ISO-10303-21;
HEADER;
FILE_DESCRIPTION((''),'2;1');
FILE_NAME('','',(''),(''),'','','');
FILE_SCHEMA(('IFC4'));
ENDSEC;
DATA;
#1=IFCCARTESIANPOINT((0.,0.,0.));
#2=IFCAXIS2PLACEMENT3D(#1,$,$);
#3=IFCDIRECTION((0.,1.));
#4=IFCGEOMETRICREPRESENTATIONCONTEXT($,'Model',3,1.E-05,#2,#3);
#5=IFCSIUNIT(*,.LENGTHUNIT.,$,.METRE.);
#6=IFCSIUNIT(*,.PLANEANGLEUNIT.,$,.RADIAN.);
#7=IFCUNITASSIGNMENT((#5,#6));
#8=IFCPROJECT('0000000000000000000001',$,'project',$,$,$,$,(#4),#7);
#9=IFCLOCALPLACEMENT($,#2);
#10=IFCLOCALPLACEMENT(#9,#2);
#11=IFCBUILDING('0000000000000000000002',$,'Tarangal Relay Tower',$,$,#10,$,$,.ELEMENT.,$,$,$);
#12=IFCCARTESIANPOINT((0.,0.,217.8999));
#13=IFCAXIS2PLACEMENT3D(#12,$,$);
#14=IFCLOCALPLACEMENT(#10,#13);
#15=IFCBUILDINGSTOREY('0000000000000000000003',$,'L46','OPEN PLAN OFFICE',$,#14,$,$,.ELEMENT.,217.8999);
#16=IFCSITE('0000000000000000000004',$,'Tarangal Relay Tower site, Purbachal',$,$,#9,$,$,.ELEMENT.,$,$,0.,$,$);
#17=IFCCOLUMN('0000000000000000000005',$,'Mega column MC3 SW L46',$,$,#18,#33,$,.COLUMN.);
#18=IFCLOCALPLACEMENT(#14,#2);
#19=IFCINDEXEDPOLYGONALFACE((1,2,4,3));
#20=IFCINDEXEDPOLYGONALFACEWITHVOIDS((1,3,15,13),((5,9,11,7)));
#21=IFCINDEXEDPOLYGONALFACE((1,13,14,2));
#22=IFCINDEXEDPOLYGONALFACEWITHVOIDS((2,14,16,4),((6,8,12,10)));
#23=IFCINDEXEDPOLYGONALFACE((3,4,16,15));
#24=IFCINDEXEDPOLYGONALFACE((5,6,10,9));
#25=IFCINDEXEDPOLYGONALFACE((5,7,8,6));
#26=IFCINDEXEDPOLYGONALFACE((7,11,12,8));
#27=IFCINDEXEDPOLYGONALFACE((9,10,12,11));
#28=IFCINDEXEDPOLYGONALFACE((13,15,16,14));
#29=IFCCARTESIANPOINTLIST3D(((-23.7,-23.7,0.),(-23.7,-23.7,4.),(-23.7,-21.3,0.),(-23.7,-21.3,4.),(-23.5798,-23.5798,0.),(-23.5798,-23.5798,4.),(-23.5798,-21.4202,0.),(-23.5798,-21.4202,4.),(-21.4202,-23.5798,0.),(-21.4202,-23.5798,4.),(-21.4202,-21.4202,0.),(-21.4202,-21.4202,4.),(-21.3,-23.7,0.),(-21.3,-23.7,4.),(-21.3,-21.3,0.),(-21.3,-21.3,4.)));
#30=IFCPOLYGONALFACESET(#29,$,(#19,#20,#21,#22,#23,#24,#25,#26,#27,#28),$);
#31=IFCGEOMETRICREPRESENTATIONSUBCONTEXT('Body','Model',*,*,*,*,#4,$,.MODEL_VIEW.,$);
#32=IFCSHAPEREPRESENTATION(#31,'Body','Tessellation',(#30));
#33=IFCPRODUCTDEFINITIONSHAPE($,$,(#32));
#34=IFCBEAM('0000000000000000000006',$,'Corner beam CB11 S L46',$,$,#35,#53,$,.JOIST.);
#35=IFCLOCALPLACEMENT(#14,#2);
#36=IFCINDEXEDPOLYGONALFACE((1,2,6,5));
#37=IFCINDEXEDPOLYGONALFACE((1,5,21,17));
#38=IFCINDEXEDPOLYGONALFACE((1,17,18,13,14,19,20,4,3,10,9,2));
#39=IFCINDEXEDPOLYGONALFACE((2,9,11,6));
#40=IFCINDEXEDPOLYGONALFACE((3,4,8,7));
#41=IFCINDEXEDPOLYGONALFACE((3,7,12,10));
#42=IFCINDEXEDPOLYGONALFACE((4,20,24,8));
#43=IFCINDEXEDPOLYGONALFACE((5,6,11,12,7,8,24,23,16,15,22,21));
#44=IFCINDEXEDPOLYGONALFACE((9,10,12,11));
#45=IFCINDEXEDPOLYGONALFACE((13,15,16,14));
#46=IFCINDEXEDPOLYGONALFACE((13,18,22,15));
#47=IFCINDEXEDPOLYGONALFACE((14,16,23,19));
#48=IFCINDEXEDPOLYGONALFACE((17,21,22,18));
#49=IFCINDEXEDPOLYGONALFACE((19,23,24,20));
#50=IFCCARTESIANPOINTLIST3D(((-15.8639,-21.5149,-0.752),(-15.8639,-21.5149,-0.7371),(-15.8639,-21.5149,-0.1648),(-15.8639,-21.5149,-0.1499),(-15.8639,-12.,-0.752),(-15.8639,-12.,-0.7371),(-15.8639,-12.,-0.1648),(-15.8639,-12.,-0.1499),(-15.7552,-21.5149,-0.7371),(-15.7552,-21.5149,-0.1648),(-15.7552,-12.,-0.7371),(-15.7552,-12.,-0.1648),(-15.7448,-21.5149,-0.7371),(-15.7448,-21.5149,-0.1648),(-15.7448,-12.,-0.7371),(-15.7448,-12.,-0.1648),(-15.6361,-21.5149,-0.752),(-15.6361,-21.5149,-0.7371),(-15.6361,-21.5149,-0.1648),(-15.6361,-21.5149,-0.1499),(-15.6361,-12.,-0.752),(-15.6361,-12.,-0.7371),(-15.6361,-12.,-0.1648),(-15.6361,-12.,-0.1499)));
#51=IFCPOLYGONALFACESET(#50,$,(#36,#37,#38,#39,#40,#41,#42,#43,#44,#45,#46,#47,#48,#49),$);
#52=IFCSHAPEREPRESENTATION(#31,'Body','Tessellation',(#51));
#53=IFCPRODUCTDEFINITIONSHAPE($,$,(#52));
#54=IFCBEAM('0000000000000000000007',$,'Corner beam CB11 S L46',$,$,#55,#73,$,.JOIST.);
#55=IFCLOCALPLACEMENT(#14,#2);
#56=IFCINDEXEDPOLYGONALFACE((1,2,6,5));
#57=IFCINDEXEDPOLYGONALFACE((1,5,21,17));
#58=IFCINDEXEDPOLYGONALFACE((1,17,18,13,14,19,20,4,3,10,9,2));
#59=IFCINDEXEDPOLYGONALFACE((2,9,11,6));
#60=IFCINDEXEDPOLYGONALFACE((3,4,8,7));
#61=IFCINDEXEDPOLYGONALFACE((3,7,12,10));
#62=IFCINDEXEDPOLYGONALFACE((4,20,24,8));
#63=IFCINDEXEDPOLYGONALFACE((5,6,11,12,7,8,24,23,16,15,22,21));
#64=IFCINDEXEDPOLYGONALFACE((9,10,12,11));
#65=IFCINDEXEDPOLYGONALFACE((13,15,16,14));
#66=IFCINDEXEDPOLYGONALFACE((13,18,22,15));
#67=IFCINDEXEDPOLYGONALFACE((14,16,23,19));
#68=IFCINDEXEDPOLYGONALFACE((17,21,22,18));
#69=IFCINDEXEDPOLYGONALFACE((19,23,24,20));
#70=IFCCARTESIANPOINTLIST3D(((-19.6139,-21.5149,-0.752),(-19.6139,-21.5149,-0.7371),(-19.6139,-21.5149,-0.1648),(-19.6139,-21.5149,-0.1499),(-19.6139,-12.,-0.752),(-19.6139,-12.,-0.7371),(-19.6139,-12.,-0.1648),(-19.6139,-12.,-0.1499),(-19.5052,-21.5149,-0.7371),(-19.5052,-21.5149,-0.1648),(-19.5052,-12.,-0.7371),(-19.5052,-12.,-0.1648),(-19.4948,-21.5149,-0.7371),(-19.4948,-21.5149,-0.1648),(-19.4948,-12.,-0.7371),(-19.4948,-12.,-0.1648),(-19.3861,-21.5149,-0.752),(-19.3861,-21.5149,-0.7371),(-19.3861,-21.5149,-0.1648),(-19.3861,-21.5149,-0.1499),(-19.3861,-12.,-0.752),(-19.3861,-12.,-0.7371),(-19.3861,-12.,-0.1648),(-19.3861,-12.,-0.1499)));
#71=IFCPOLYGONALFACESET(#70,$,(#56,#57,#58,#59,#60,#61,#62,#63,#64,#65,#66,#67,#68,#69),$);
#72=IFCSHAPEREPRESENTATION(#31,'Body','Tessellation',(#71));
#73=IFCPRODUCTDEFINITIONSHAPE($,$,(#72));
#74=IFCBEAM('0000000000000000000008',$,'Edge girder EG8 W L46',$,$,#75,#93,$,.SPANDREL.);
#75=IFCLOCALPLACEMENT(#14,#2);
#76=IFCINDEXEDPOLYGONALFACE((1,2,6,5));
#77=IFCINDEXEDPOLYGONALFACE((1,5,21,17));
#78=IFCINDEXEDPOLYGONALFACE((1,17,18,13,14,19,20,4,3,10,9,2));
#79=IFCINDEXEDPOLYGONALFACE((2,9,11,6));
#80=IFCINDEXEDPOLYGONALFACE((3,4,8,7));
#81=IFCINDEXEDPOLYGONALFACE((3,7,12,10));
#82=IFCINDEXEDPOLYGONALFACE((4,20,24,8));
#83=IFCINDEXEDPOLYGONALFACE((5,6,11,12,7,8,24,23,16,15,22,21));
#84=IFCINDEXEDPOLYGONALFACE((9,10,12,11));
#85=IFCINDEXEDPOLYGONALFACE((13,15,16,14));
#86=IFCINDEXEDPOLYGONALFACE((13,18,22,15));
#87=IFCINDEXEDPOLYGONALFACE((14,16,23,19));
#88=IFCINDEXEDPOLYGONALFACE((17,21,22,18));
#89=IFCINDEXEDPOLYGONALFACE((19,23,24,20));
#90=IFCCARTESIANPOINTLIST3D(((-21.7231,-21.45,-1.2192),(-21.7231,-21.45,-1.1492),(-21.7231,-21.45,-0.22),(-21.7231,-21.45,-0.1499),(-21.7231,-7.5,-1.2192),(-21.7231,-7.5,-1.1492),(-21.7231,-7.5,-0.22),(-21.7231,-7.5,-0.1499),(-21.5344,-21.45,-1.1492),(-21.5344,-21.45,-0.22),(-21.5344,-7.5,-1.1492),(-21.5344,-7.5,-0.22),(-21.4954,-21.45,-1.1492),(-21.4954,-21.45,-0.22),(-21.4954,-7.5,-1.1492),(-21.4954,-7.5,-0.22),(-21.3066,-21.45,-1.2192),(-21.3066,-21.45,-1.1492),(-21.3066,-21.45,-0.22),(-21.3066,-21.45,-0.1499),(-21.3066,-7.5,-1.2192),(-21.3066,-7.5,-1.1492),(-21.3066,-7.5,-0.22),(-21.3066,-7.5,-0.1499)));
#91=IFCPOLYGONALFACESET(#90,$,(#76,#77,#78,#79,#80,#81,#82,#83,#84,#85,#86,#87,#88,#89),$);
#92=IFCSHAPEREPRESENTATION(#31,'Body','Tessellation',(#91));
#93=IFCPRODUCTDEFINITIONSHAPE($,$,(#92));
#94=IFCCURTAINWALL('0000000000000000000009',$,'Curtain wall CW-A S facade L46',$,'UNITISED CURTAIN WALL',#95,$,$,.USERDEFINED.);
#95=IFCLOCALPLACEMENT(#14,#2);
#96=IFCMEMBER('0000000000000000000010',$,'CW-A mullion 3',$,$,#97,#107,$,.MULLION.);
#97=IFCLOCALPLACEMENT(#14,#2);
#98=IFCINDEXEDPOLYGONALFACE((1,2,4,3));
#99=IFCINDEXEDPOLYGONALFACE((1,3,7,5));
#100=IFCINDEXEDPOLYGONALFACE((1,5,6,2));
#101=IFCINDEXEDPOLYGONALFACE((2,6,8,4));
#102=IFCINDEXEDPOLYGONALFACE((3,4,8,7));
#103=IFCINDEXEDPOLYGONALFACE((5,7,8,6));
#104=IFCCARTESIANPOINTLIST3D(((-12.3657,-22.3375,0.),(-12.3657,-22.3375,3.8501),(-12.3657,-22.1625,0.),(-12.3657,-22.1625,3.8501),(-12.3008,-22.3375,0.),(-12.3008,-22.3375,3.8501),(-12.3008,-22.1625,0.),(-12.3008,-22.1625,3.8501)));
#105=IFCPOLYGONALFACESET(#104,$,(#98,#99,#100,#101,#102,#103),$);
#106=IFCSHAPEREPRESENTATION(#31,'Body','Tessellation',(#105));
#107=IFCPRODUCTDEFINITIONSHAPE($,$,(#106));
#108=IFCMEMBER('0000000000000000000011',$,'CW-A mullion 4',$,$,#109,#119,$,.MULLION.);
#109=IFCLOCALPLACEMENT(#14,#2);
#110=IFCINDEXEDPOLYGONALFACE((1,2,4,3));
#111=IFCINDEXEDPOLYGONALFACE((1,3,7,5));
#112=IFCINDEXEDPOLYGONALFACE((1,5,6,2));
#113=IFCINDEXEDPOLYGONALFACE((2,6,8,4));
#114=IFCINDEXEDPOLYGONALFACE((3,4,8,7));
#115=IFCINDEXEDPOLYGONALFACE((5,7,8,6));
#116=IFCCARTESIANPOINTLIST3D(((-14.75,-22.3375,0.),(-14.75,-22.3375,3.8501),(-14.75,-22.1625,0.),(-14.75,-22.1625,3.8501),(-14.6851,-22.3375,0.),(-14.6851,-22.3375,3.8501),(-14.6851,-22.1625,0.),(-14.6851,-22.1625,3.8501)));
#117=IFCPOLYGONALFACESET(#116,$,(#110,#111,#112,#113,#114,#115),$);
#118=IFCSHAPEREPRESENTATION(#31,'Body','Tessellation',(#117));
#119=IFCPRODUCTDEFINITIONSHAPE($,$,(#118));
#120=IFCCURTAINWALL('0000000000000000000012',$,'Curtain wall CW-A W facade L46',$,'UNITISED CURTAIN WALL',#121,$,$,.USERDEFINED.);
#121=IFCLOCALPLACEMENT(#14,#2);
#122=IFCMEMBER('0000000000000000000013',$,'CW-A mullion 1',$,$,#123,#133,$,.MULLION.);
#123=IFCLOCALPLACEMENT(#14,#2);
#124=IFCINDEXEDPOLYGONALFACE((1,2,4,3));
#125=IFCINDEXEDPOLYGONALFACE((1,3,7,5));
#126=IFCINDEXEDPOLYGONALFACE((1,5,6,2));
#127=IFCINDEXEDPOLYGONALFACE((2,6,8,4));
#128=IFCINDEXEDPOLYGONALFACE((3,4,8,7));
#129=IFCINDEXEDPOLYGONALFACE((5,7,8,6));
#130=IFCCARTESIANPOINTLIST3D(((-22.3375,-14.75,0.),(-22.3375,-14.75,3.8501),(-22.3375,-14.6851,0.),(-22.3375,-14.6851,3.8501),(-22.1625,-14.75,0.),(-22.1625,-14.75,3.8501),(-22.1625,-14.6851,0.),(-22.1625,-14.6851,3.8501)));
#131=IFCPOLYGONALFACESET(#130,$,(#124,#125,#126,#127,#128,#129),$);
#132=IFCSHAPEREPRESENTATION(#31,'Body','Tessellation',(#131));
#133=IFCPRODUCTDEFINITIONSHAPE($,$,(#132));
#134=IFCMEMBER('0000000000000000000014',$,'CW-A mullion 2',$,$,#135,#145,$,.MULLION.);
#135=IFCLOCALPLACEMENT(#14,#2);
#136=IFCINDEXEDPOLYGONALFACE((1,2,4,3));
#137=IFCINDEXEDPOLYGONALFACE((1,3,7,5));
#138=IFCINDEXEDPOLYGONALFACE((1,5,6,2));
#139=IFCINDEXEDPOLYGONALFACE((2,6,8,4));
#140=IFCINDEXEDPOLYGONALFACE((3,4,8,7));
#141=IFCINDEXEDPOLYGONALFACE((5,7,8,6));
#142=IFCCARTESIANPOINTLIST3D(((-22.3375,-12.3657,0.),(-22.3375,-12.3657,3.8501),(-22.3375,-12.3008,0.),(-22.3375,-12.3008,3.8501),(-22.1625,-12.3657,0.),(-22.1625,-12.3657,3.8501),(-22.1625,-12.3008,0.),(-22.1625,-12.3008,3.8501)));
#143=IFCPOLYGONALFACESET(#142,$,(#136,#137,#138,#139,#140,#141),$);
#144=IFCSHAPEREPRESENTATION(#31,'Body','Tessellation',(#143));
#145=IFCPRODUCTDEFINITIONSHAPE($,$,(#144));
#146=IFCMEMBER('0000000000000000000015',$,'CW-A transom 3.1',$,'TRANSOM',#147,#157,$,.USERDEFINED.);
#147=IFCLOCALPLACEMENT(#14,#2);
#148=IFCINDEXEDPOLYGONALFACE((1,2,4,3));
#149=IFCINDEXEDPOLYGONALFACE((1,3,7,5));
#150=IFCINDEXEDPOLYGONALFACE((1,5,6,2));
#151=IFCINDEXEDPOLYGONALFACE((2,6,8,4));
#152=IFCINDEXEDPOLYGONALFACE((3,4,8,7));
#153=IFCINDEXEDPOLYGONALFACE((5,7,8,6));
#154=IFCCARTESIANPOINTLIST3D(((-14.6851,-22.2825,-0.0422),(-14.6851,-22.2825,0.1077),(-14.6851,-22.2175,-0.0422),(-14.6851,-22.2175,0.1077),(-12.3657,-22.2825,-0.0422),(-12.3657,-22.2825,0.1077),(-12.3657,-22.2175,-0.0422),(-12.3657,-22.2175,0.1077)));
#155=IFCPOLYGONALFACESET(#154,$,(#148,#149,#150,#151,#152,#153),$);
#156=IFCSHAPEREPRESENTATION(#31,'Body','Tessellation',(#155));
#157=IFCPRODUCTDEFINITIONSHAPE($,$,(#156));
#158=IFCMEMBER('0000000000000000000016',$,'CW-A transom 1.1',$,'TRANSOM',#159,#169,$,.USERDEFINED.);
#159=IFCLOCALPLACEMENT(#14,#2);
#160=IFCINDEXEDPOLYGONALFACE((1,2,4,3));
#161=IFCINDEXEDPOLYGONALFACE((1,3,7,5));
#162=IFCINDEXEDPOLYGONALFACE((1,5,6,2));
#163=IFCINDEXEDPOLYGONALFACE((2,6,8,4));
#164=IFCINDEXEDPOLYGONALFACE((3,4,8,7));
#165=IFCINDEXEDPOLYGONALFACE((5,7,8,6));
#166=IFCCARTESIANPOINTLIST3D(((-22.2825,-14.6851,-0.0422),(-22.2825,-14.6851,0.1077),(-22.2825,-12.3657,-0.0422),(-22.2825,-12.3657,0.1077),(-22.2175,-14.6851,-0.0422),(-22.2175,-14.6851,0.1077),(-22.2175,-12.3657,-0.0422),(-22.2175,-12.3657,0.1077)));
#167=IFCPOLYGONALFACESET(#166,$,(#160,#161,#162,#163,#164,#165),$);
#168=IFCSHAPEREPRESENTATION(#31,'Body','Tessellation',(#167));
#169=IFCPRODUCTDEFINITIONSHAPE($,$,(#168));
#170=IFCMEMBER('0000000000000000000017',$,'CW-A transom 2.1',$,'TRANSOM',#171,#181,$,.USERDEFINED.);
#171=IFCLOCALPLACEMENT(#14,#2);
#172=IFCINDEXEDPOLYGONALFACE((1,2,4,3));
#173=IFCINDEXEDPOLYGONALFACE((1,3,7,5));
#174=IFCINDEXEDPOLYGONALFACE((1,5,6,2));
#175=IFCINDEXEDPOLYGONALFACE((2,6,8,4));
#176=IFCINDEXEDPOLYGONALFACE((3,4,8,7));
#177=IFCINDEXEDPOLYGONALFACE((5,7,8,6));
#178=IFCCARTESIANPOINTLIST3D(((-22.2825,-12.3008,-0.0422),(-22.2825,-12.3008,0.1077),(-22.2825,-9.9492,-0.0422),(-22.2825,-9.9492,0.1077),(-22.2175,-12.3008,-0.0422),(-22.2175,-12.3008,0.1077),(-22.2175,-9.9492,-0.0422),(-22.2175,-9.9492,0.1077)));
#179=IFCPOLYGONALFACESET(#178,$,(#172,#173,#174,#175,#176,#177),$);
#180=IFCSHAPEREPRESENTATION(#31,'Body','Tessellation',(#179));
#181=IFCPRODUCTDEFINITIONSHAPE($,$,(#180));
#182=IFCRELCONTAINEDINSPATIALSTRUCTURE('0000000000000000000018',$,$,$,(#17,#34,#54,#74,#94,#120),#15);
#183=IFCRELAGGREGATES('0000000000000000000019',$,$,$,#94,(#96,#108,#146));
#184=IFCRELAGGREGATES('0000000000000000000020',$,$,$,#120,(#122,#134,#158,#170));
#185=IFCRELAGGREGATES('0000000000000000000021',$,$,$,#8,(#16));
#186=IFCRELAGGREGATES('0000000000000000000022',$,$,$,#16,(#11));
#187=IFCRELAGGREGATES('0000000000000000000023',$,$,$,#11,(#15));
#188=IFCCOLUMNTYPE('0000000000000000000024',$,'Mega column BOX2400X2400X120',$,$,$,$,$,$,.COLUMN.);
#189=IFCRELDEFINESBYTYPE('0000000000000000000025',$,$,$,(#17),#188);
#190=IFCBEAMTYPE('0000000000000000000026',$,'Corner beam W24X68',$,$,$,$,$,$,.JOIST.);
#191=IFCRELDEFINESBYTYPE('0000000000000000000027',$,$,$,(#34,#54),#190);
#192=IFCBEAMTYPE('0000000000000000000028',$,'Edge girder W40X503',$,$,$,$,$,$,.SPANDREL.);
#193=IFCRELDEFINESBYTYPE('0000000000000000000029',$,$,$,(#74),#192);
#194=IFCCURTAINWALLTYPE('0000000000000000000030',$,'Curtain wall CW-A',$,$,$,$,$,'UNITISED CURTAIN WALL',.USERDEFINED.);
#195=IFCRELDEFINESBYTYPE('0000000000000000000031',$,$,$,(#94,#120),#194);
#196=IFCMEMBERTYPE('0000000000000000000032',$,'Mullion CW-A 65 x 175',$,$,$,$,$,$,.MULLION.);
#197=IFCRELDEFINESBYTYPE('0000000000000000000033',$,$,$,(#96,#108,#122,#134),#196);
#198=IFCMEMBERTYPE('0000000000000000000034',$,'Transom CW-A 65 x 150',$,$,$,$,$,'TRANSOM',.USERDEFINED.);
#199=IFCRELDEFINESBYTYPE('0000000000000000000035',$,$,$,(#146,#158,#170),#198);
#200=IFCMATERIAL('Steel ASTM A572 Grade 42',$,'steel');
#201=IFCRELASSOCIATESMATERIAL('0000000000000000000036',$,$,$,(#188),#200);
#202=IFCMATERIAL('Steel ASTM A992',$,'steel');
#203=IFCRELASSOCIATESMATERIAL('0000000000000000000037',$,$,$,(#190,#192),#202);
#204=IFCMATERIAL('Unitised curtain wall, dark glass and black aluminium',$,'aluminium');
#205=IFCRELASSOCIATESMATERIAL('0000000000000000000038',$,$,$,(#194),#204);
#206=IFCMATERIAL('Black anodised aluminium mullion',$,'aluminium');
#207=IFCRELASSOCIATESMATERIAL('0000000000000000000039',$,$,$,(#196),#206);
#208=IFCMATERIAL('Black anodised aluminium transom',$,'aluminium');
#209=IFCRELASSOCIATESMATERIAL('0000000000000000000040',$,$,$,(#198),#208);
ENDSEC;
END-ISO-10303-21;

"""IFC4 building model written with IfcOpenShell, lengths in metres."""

from ifc_helpers import new_model, si_unit, direction, frame, origin, origin_2d, place, context, subcontext, project, spatial, rectangle, hollow_rectangle, i_section, extrude, material, material_profile, profile_set, type_object, element, aggregate, save


model = new_model("IFC4")

# Units and contexts
model_context = context("Model", 3, precision=1e-05, world=origin(), true_north=direction((0.0, 1.0)))
body_context = subcontext(model_context, "Body", "Model", "MODEL_VIEW")
ifc_project = project(units=[si_unit("LENGTHUNIT", "METRE"), si_unit("PLANEANGLEUNIT", "RADIAN")], contexts=[model_context])

# Site, building, storey
site_placement = place(None, origin())
site = spatial("IfcSite", under=ifc_project, at=site_placement, Name="Tarangal Relay Tower site, Purbachal", CompositionType="ELEMENT", RefElevation=0.0)
building_placement = place(site_placement, origin())
building = spatial("IfcBuilding", under=site, at=building_placement, Name="Tarangal Relay Tower", CompositionType="ELEMENT")
storey_placement = place(building_placement, frame((0.0, 0.0, 217.8999)))
storey = spatial("IfcBuildingStorey", under=building, at=storey_placement, Name="L46", Description="OPEN PLAN OFFICE", CompositionType="ELEMENT", Elevation=217.8999)

# Column
ifc_material_1 = material(Name="Steel ASTM A572 Grade 42", Category="steel")
ifc_material_profile_1 = material_profile(ifc_material_1, hollow_rectangle(XDim=2.3999, YDim=2.3999, WallThickness=0.1201, at=origin_2d()), Name="BOX2400X2400X120")
ifc_profile_set_1 = profile_set([ifc_material_profile_1], Name="Steel ASTM A572 Grade 42")
column_type = type_object("IfcColumnType", Name="Mega column BOX2400X2400X120", PredefinedType="COLUMN", material=ifc_profile_set_1)
column_placement = place(storey_placement, frame((-22.5, -22.5, 0.0), z_axis=(0.0, 0.0, 1.0), x_axis=(1.0, 0.0, 0.0)))
element("IfcColumn", 1, at=column_placement, inside=storey, type_object=column_type, Name="Mega column MC3 SW L46", PredefinedType="COLUMN", context=body_context, shape_type="SweptSolid", body=[
    extrude(hollow_rectangle(XDim=2.3999, YDim=2.3999, WallThickness=0.1201, at=origin_2d()), origin(), (0.0, 0.0, 1.0), 4.0),
])

# Beams
ifc_material_2 = material(Name="Steel ASTM A992", Category="steel")
ifc_material_profile_2 = material_profile(ifc_material_2, i_section(OverallWidth=0.2278, OverallDepth=0.6021, WebThickness=0.0105, FlangeThickness=0.0149, at=origin_2d()), Name="W24X68")
ifc_profile_set_2 = profile_set([ifc_material_profile_2], Name="Steel ASTM A992")
beam_type_1 = type_object("IfcBeamType", Name="Corner beam W24X68", PredefinedType="JOIST", material=ifc_profile_set_2)
for number, where, z_axis, x_axis, name in (
    (2, (-15.75, -12.0, -0.4509), (0.0, -1.0, 0.0), (1.0, 0.0, 0.0), "Corner beam CB11 S L46"),
    (3, (-19.5, -12.0, -0.4509), (0.0, -1.0, 0.0), (1.0, 0.0, 0.0), "Corner beam CB11 S L46"),
):
    element("IfcBeam", number, at=place(storey_placement, frame(where, z_axis=z_axis, x_axis=x_axis)), inside=storey, type_object=beam_type_1, Name=name, PredefinedType="JOIST", context=body_context, shape_type="SweptSolid", body=[
        extrude(i_section(OverallWidth=0.2278, OverallDepth=0.6021, WebThickness=0.0105, FlangeThickness=0.0149, at=origin_2d()), origin(), (0.0, 0.0, 1.0), 9.5149),
    ])
ifc_material_profile_3 = material_profile(ifc_material_2, i_section(OverallWidth=0.4165, OverallDepth=1.0693, WebThickness=0.0391, FlangeThickness=0.0701, at=origin_2d()), Name="W40X503")
ifc_profile_set_3 = profile_set([ifc_material_profile_3], Name="Steel ASTM A992")
beam_type_2 = type_object("IfcBeamType", Name="Edge girder W40X503", PredefinedType="SPANDREL", material=ifc_profile_set_3)
beam_placement = place(storey_placement, frame((-21.5149, -21.45, -0.6846), z_axis=(0.0, 1.0, 0.0), x_axis=(-1.0, 0.0, 0.0)))
element("IfcBeam", 4, at=beam_placement, inside=storey, type_object=beam_type_2, Name="Edge girder EG8 W L46", PredefinedType="SPANDREL", context=body_context, shape_type="SweptSolid", body=[
    extrude(i_section(OverallWidth=0.4165, OverallDepth=1.0693, WebThickness=0.0391, FlangeThickness=0.0701, at=origin_2d()), origin(), (0.0, 0.0, 1.0), 13.95),
])

# Curtain walls, members
ifc_material_3 = material(Name="Unitised curtain wall, dark glass and black aluminium", Category="aluminium")
curtain_wall_type = type_object("IfcCurtainWallType", Name="Curtain wall CW-A", ElementType="UNITISED CURTAIN WALL", PredefinedType="USERDEFINED", material=ifc_material_3)
curtain_wall_1_placement = place(storey_placement, origin())
curtain_wall_1 = element("IfcCurtainWall", 5, at=curtain_wall_1_placement, inside=storey, type_object=curtain_wall_type, Name="Curtain wall CW-A S facade L46", ObjectType="UNITISED CURTAIN WALL", PredefinedType="USERDEFINED")
ifc_material_4 = material(Name="Black anodised aluminium mullion", Category="aluminium")
ifc_material_profile_4 = material_profile(ifc_material_4, rectangle(XDim=0.175, YDim=0.0649, at=origin_2d()), Name="CW-AM 65X175")
ifc_profile_set_4 = profile_set([ifc_material_profile_4], Name="Black anodised aluminium mullion")
member_type_1 = type_object("IfcMemberType", Name="Mullion CW-A 65 x 175", PredefinedType="MULLION", material=ifc_profile_set_4)
member_1_placement = place(storey_placement, frame((-12.3333, -22.25, 0.0), z_axis=(0.0, 0.0, 1.0), x_axis=(0.0, -1.0, 0.0)))
member_1 = element("IfcMember", 6, at=member_1_placement, type_object=member_type_1, Name="CW-A mullion 3", PredefinedType="MULLION", context=body_context, shape_type="SweptSolid", body=[
    extrude(rectangle(XDim=0.175, YDim=0.0649, at=origin_2d()), origin(), (0.0, 0.0, 1.0), 3.8501),
])
member_2_placement = place(storey_placement, frame((-14.7175, -22.25, 0.0), z_axis=(0.0, 0.0, 1.0), x_axis=(0.0, -1.0, 0.0)))
member_2 = element("IfcMember", 7, at=member_2_placement, type_object=member_type_1, Name="CW-A mullion 4", PredefinedType="MULLION", context=body_context, shape_type="SweptSolid", body=[
    extrude(rectangle(XDim=0.175, YDim=0.0649, at=origin_2d()), origin(), (0.0, 0.0, 1.0), 3.8501),
])
curtain_wall_2_placement = place(storey_placement, origin())
curtain_wall_2 = element("IfcCurtainWall", 8, at=curtain_wall_2_placement, inside=storey, type_object=curtain_wall_type, Name="Curtain wall CW-A W facade L46", ObjectType="UNITISED CURTAIN WALL", PredefinedType="USERDEFINED")
member_3_placement = place(storey_placement, frame((-22.25, -14.7175, 0.0), z_axis=(0.0, 0.0, 1.0), x_axis=(-1.0, 0.0, 0.0)))
member_3 = element("IfcMember", 9, at=member_3_placement, type_object=member_type_1, Name="CW-A mullion 1", PredefinedType="MULLION", context=body_context, shape_type="SweptSolid", body=[
    extrude(rectangle(XDim=0.175, YDim=0.0649, at=origin_2d()), origin(), (0.0, 0.0, 1.0), 3.8501),
])
member_4_placement = place(storey_placement, frame((-22.25, -12.3333, 0.0), z_axis=(0.0, 0.0, 1.0), x_axis=(-1.0, 0.0, 0.0)))
member_4 = element("IfcMember", 10, at=member_4_placement, type_object=member_type_1, Name="CW-A mullion 2", PredefinedType="MULLION", context=body_context, shape_type="SweptSolid", body=[
    extrude(rectangle(XDim=0.175, YDim=0.0649, at=origin_2d()), origin(), (0.0, 0.0, 1.0), 3.8501),
])

# Members
ifc_material_5 = material(Name="Black anodised aluminium transom", Category="aluminium")
ifc_material_profile_5 = material_profile(ifc_material_5, rectangle(XDim=0.0649, YDim=0.1499, at=origin_2d()), Name="CW-AT 65X150")
ifc_profile_set_5 = profile_set([ifc_material_profile_5], Name="Black anodised aluminium transom")
member_type_2 = type_object("IfcMemberType", Name="Transom CW-A 65 x 150", ElementType="TRANSOM", PredefinedType="USERDEFINED", material=ifc_profile_set_5)
member_5_placement = place(storey_placement, frame((-12.3657, -22.25, 0.0327), z_axis=(-1.0, 0.0, 0.0), x_axis=(0.0, -1.0, 0.0)))
member_5 = element("IfcMember", 11, at=member_5_placement, type_object=member_type_2, Name="CW-A transom 3.1", ObjectType="TRANSOM", PredefinedType="USERDEFINED", context=body_context, shape_type="SweptSolid", body=[
    extrude(rectangle(XDim=0.0649, YDim=0.1499, at=origin_2d()), origin(), (0.0, 0.0, 1.0), 2.3193),
])
member_6_placement = place(storey_placement, frame((-22.25, -14.6851, 0.0327), z_axis=(0.0, 1.0, 0.0), x_axis=(-1.0, 0.0, 0.0)))
member_6 = element("IfcMember", 12, at=member_6_placement, type_object=member_type_2, Name="CW-A transom 1.1", ObjectType="TRANSOM", PredefinedType="USERDEFINED", context=body_context, shape_type="SweptSolid", body=[
    extrude(rectangle(XDim=0.0649, YDim=0.1499, at=origin_2d()), origin(), (0.0, 0.0, 1.0), 2.3193),
])
member_7_placement = place(storey_placement, frame((-22.25, -12.3008, 0.0327), z_axis=(0.0, 1.0, 0.0), x_axis=(-1.0, 0.0, 0.0)))
member_7 = element("IfcMember", 13, at=member_7_placement, type_object=member_type_2, Name="CW-A transom 2.1", ObjectType="TRANSOM", PredefinedType="USERDEFINED", context=body_context, shape_type="SweptSolid", body=[
    extrude(rectangle(XDim=0.0649, YDim=0.1499, at=origin_2d()), origin(), (0.0, 0.0, 1.0), 2.3516),
])

aggregate(curtain_wall_1, [member_1, member_2, member_5])
aggregate(curtain_wall_2, [member_3, member_4, member_6, member_7])

save(model, "model.ifc")
